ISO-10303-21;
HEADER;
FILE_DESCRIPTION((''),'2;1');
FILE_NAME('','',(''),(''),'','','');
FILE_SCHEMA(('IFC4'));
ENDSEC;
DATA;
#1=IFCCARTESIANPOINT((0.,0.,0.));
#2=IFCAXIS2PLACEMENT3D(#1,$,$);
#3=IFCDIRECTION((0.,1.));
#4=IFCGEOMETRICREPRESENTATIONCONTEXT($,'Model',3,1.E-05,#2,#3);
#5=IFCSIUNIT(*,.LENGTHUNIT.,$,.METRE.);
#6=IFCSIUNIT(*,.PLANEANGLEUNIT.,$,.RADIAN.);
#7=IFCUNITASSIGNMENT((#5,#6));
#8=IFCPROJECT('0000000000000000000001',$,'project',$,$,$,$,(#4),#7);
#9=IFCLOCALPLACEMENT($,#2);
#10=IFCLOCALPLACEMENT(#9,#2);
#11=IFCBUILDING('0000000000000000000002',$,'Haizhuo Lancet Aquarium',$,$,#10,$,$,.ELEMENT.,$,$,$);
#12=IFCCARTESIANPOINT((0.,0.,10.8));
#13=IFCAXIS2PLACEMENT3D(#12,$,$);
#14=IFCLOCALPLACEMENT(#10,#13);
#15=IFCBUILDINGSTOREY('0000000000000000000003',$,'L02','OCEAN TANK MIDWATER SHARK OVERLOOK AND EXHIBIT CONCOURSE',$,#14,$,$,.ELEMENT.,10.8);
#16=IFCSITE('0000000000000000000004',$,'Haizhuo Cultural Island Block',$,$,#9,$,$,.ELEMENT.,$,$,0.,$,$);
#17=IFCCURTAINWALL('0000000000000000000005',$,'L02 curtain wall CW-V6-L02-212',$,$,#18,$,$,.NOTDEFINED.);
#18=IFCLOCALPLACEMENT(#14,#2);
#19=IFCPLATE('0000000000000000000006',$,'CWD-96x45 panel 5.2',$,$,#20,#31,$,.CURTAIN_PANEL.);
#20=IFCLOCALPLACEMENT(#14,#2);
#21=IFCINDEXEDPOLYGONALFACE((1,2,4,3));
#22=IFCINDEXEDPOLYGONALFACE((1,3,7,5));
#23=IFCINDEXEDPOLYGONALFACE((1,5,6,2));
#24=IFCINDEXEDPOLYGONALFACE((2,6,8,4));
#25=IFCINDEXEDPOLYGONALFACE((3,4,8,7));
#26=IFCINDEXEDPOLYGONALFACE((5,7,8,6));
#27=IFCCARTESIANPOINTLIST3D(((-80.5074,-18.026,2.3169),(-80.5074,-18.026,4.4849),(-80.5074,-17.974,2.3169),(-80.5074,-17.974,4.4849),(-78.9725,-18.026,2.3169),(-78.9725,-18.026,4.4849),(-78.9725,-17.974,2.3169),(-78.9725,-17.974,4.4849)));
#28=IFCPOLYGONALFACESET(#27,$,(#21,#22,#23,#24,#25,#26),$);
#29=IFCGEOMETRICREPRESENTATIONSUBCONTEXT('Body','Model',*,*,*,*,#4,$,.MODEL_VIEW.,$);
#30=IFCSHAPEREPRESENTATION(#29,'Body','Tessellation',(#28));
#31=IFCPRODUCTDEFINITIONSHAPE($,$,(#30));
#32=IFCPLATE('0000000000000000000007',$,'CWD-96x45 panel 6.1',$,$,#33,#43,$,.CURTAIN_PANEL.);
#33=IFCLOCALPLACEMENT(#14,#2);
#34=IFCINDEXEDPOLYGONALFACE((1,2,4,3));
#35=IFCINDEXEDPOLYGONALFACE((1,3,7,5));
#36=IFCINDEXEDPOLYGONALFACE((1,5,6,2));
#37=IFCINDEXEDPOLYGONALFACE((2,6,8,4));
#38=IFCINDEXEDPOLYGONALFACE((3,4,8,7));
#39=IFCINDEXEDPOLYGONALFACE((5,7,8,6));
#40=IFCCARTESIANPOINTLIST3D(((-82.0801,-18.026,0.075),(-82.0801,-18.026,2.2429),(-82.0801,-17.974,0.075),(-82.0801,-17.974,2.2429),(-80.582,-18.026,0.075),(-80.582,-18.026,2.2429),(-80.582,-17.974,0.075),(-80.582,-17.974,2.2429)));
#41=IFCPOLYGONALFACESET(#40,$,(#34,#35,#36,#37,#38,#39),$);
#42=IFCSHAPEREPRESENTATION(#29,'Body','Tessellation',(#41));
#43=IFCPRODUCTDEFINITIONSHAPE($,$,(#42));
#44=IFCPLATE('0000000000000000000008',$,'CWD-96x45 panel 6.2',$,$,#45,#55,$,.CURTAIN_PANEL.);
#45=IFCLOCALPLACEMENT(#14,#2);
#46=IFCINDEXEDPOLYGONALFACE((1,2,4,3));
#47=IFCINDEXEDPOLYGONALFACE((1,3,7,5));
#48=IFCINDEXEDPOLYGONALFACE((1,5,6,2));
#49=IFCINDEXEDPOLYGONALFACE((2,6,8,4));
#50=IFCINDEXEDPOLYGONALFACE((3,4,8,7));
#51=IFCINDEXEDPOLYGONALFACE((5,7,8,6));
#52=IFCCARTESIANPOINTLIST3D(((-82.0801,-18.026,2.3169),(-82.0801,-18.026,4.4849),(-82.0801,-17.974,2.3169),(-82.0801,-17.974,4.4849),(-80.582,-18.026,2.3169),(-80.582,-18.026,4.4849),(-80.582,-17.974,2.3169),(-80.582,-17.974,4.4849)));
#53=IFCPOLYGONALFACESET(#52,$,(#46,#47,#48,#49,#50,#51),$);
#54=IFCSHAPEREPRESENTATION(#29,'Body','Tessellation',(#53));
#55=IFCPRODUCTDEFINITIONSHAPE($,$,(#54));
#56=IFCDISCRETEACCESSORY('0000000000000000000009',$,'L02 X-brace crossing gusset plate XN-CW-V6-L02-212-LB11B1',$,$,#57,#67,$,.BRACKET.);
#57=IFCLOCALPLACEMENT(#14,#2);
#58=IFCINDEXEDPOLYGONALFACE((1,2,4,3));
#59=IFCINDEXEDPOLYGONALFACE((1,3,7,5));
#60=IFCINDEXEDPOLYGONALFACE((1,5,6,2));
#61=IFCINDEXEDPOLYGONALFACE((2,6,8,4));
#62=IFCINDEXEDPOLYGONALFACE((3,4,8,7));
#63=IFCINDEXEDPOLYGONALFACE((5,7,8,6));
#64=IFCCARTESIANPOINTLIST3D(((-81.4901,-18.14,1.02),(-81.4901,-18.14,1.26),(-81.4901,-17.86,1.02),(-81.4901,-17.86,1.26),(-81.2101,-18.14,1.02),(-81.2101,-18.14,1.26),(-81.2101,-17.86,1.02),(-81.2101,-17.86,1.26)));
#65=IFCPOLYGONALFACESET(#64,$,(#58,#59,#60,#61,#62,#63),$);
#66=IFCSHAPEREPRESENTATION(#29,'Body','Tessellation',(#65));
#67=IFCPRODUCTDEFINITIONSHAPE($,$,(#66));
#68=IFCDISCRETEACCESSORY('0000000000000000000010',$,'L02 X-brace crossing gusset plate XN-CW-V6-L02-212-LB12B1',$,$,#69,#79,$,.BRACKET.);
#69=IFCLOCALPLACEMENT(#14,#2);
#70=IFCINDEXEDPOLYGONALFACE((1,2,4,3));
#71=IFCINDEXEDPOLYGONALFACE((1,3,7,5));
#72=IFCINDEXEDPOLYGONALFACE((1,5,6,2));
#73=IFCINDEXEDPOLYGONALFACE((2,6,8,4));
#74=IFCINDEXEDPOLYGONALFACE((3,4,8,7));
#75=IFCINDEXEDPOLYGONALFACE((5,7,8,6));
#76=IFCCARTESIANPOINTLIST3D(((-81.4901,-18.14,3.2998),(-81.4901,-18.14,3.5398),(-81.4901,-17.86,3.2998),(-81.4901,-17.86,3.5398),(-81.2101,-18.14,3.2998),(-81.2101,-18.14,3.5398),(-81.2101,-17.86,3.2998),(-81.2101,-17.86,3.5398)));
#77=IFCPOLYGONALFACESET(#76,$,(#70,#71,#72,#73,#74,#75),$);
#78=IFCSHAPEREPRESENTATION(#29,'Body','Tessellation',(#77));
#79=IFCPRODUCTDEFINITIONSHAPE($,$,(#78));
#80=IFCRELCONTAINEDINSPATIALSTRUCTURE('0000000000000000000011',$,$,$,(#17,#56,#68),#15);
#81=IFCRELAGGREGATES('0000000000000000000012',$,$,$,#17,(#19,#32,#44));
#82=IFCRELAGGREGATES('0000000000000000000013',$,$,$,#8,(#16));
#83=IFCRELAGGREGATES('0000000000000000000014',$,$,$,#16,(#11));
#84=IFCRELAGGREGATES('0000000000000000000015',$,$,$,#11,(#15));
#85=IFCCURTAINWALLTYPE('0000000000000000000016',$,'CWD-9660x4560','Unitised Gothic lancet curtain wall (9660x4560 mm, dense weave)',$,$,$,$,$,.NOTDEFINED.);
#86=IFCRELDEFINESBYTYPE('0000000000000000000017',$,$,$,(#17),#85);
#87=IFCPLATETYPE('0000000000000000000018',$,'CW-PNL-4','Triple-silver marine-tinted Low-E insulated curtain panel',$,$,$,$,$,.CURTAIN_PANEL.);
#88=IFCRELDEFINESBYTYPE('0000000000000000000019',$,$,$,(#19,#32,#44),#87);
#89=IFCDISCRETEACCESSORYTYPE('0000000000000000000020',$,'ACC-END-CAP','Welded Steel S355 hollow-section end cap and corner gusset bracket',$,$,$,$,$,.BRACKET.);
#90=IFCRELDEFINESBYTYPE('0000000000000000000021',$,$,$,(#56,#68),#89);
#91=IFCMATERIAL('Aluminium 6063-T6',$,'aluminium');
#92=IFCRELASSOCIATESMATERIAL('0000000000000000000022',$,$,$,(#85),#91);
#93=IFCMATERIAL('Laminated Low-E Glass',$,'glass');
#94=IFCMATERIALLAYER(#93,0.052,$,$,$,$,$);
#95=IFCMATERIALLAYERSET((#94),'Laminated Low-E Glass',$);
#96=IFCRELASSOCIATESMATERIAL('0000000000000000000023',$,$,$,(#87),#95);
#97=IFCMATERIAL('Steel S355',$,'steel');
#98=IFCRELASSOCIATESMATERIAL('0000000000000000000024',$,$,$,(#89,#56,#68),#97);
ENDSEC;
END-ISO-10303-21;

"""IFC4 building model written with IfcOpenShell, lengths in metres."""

from ifc_helpers import new_model, si_unit, direction, frame, origin, origin_2d, place, context, subcontext, project, spatial, rectangle, extrude, material, layer, layer_set, type_object, element, aggregate, save


model = new_model("IFC4")

# Units and contexts
model_context = context("Model", 3, precision=1e-05, world=origin(), true_north=direction((0.0, 1.0)))
body_context = subcontext(model_context, "Body", "Model", "MODEL_VIEW")
ifc_project = project(units=[si_unit("LENGTHUNIT", "METRE"), si_unit("PLANEANGLEUNIT", "RADIAN")], contexts=[model_context])

# Site, building, storey
site_placement = place(None, origin())
site = spatial("IfcSite", under=ifc_project, at=site_placement, Name="Haizhuo Cultural Island Block", CompositionType="ELEMENT", RefElevation=0.0)
building_placement = place(site_placement, origin())
building = spatial("IfcBuilding", under=site, at=building_placement, Name="Haizhuo Lancet Aquarium", CompositionType="ELEMENT")
storey_placement = place(building_placement, frame((0.0, 0.0, 10.8)))
storey = spatial("IfcBuildingStorey", under=building, at=storey_placement, Name="L02", Description="OCEAN TANK MIDWATER SHARK OVERLOOK AND EXHIBIT CONCOURSE", CompositionType="ELEMENT", Elevation=10.8)

# Shared definitions
ifc_material_1 = material(Name="Steel S355", Category="steel")

# Curtain wall
ifc_material_2 = material(Name="Aluminium 6063-T6", Category="aluminium")
curtain_wall_type = type_object("IfcCurtainWallType", Name="CWD-9660x4560", Description="Unitised Gothic lancet curtain wall (9660x4560 mm, dense weave)", PredefinedType="NOTDEFINED", material=ifc_material_2)
curtain_wall_placement = place(storey_placement, origin())
curtain_wall = element("IfcCurtainWall", 1, at=curtain_wall_placement, inside=storey, type_object=curtain_wall_type, Name="L02 curtain wall CW-V6-L02-212", PredefinedType="NOTDEFINED")

# Plates
ifc_material_3 = material(Name="Laminated Low-E Glass", Category="glass")
ifc_layer = layer(ifc_material_3, 0.052)
ifc_layer_set = layer_set([ifc_layer], Name="Laminated Low-E Glass")
plate_type = type_object("IfcPlateType", Name="CW-PNL-4", Description="Triple-silver marine-tinted Low-E insulated curtain panel", PredefinedType="CURTAIN_PANEL", material=ifc_layer_set)
plate_1_placement = place(storey_placement, frame((-79.74, -18.0, 2.3169), z_axis=(0.0, 0.0, 1.0), x_axis=(-1.0, 0.0, 0.0)))
plate_1 = element("IfcPlate", 2, at=plate_1_placement, type_object=plate_type, Name="CWD-96x45 panel 5.2", PredefinedType="CURTAIN_PANEL", context=body_context, shape_type="SweptSolid", body=[
    extrude(rectangle(XDim=1.5349, YDim=0.052, at=origin_2d()), origin(), (0.0, 0.0, 1.0), 2.168),
])
plate_2_placement = place(storey_placement, frame((-81.3311, -18.0, 0.075), z_axis=(0.0, 0.0, 1.0), x_axis=(-1.0, 0.0, 0.0)))
plate_2 = element("IfcPlate", 3, at=plate_2_placement, type_object=plate_type, Name="CWD-96x45 panel 6.1", PredefinedType="CURTAIN_PANEL", context=body_context, shape_type="SweptSolid", body=[
    extrude(rectangle(XDim=1.498, YDim=0.052, at=origin_2d()), origin(), (0.0, 0.0, 1.0), 2.168),
])
plate_3_placement = place(storey_placement, frame((-81.3311, -18.0, 2.3169), z_axis=(0.0, 0.0, 1.0), x_axis=(-1.0, 0.0, 0.0)))
plate_3 = element("IfcPlate", 4, at=plate_3_placement, type_object=plate_type, Name="CWD-96x45 panel 6.2", PredefinedType="CURTAIN_PANEL", context=body_context, shape_type="SweptSolid", body=[
    extrude(rectangle(XDim=1.498, YDim=0.052, at=origin_2d()), origin(), (0.0, 0.0, 1.0), 2.168),
])
aggregate(curtain_wall, [plate_1, plate_2, plate_3])

# Discrete accessories
discrete_accessory_type = type_object("IfcDiscreteAccessoryType", Name="ACC-END-CAP", Description="Welded Steel S355 hollow-section end cap and corner gusset bracket", PredefinedType="BRACKET", material=ifc_material_1)
for number, where, z_axis, x_axis, name in (
    (5, (-81.3501, -18.0, 1.02), (0.0, 0.0, 1.0), (1.0, 0.0, 0.0), "L02 X-brace crossing gusset plate XN-CW-V6-L02-212-LB11B1"),
    (6, (-81.3501, -18.0, 3.2998), (0.0, 0.0, 1.0), (1.0, 0.0, 0.0), "L02 X-brace crossing gusset plate XN-CW-V6-L02-212-LB12B1"),
):
    element("IfcDiscreteAccessory", number, at=place(storey_placement, frame(where, z_axis=z_axis, x_axis=x_axis)), inside=storey, type_object=discrete_accessory_type, material=ifc_material_1, Name=name, PredefinedType="BRACKET", context=body_context, shape_type="SweptSolid", body=[
        extrude(rectangle(XDim=0.28, YDim=0.28, at=origin_2d()), origin(), (0.0, 0.0, 1.0), 0.24),
    ])

save(model, "model.ifc")
